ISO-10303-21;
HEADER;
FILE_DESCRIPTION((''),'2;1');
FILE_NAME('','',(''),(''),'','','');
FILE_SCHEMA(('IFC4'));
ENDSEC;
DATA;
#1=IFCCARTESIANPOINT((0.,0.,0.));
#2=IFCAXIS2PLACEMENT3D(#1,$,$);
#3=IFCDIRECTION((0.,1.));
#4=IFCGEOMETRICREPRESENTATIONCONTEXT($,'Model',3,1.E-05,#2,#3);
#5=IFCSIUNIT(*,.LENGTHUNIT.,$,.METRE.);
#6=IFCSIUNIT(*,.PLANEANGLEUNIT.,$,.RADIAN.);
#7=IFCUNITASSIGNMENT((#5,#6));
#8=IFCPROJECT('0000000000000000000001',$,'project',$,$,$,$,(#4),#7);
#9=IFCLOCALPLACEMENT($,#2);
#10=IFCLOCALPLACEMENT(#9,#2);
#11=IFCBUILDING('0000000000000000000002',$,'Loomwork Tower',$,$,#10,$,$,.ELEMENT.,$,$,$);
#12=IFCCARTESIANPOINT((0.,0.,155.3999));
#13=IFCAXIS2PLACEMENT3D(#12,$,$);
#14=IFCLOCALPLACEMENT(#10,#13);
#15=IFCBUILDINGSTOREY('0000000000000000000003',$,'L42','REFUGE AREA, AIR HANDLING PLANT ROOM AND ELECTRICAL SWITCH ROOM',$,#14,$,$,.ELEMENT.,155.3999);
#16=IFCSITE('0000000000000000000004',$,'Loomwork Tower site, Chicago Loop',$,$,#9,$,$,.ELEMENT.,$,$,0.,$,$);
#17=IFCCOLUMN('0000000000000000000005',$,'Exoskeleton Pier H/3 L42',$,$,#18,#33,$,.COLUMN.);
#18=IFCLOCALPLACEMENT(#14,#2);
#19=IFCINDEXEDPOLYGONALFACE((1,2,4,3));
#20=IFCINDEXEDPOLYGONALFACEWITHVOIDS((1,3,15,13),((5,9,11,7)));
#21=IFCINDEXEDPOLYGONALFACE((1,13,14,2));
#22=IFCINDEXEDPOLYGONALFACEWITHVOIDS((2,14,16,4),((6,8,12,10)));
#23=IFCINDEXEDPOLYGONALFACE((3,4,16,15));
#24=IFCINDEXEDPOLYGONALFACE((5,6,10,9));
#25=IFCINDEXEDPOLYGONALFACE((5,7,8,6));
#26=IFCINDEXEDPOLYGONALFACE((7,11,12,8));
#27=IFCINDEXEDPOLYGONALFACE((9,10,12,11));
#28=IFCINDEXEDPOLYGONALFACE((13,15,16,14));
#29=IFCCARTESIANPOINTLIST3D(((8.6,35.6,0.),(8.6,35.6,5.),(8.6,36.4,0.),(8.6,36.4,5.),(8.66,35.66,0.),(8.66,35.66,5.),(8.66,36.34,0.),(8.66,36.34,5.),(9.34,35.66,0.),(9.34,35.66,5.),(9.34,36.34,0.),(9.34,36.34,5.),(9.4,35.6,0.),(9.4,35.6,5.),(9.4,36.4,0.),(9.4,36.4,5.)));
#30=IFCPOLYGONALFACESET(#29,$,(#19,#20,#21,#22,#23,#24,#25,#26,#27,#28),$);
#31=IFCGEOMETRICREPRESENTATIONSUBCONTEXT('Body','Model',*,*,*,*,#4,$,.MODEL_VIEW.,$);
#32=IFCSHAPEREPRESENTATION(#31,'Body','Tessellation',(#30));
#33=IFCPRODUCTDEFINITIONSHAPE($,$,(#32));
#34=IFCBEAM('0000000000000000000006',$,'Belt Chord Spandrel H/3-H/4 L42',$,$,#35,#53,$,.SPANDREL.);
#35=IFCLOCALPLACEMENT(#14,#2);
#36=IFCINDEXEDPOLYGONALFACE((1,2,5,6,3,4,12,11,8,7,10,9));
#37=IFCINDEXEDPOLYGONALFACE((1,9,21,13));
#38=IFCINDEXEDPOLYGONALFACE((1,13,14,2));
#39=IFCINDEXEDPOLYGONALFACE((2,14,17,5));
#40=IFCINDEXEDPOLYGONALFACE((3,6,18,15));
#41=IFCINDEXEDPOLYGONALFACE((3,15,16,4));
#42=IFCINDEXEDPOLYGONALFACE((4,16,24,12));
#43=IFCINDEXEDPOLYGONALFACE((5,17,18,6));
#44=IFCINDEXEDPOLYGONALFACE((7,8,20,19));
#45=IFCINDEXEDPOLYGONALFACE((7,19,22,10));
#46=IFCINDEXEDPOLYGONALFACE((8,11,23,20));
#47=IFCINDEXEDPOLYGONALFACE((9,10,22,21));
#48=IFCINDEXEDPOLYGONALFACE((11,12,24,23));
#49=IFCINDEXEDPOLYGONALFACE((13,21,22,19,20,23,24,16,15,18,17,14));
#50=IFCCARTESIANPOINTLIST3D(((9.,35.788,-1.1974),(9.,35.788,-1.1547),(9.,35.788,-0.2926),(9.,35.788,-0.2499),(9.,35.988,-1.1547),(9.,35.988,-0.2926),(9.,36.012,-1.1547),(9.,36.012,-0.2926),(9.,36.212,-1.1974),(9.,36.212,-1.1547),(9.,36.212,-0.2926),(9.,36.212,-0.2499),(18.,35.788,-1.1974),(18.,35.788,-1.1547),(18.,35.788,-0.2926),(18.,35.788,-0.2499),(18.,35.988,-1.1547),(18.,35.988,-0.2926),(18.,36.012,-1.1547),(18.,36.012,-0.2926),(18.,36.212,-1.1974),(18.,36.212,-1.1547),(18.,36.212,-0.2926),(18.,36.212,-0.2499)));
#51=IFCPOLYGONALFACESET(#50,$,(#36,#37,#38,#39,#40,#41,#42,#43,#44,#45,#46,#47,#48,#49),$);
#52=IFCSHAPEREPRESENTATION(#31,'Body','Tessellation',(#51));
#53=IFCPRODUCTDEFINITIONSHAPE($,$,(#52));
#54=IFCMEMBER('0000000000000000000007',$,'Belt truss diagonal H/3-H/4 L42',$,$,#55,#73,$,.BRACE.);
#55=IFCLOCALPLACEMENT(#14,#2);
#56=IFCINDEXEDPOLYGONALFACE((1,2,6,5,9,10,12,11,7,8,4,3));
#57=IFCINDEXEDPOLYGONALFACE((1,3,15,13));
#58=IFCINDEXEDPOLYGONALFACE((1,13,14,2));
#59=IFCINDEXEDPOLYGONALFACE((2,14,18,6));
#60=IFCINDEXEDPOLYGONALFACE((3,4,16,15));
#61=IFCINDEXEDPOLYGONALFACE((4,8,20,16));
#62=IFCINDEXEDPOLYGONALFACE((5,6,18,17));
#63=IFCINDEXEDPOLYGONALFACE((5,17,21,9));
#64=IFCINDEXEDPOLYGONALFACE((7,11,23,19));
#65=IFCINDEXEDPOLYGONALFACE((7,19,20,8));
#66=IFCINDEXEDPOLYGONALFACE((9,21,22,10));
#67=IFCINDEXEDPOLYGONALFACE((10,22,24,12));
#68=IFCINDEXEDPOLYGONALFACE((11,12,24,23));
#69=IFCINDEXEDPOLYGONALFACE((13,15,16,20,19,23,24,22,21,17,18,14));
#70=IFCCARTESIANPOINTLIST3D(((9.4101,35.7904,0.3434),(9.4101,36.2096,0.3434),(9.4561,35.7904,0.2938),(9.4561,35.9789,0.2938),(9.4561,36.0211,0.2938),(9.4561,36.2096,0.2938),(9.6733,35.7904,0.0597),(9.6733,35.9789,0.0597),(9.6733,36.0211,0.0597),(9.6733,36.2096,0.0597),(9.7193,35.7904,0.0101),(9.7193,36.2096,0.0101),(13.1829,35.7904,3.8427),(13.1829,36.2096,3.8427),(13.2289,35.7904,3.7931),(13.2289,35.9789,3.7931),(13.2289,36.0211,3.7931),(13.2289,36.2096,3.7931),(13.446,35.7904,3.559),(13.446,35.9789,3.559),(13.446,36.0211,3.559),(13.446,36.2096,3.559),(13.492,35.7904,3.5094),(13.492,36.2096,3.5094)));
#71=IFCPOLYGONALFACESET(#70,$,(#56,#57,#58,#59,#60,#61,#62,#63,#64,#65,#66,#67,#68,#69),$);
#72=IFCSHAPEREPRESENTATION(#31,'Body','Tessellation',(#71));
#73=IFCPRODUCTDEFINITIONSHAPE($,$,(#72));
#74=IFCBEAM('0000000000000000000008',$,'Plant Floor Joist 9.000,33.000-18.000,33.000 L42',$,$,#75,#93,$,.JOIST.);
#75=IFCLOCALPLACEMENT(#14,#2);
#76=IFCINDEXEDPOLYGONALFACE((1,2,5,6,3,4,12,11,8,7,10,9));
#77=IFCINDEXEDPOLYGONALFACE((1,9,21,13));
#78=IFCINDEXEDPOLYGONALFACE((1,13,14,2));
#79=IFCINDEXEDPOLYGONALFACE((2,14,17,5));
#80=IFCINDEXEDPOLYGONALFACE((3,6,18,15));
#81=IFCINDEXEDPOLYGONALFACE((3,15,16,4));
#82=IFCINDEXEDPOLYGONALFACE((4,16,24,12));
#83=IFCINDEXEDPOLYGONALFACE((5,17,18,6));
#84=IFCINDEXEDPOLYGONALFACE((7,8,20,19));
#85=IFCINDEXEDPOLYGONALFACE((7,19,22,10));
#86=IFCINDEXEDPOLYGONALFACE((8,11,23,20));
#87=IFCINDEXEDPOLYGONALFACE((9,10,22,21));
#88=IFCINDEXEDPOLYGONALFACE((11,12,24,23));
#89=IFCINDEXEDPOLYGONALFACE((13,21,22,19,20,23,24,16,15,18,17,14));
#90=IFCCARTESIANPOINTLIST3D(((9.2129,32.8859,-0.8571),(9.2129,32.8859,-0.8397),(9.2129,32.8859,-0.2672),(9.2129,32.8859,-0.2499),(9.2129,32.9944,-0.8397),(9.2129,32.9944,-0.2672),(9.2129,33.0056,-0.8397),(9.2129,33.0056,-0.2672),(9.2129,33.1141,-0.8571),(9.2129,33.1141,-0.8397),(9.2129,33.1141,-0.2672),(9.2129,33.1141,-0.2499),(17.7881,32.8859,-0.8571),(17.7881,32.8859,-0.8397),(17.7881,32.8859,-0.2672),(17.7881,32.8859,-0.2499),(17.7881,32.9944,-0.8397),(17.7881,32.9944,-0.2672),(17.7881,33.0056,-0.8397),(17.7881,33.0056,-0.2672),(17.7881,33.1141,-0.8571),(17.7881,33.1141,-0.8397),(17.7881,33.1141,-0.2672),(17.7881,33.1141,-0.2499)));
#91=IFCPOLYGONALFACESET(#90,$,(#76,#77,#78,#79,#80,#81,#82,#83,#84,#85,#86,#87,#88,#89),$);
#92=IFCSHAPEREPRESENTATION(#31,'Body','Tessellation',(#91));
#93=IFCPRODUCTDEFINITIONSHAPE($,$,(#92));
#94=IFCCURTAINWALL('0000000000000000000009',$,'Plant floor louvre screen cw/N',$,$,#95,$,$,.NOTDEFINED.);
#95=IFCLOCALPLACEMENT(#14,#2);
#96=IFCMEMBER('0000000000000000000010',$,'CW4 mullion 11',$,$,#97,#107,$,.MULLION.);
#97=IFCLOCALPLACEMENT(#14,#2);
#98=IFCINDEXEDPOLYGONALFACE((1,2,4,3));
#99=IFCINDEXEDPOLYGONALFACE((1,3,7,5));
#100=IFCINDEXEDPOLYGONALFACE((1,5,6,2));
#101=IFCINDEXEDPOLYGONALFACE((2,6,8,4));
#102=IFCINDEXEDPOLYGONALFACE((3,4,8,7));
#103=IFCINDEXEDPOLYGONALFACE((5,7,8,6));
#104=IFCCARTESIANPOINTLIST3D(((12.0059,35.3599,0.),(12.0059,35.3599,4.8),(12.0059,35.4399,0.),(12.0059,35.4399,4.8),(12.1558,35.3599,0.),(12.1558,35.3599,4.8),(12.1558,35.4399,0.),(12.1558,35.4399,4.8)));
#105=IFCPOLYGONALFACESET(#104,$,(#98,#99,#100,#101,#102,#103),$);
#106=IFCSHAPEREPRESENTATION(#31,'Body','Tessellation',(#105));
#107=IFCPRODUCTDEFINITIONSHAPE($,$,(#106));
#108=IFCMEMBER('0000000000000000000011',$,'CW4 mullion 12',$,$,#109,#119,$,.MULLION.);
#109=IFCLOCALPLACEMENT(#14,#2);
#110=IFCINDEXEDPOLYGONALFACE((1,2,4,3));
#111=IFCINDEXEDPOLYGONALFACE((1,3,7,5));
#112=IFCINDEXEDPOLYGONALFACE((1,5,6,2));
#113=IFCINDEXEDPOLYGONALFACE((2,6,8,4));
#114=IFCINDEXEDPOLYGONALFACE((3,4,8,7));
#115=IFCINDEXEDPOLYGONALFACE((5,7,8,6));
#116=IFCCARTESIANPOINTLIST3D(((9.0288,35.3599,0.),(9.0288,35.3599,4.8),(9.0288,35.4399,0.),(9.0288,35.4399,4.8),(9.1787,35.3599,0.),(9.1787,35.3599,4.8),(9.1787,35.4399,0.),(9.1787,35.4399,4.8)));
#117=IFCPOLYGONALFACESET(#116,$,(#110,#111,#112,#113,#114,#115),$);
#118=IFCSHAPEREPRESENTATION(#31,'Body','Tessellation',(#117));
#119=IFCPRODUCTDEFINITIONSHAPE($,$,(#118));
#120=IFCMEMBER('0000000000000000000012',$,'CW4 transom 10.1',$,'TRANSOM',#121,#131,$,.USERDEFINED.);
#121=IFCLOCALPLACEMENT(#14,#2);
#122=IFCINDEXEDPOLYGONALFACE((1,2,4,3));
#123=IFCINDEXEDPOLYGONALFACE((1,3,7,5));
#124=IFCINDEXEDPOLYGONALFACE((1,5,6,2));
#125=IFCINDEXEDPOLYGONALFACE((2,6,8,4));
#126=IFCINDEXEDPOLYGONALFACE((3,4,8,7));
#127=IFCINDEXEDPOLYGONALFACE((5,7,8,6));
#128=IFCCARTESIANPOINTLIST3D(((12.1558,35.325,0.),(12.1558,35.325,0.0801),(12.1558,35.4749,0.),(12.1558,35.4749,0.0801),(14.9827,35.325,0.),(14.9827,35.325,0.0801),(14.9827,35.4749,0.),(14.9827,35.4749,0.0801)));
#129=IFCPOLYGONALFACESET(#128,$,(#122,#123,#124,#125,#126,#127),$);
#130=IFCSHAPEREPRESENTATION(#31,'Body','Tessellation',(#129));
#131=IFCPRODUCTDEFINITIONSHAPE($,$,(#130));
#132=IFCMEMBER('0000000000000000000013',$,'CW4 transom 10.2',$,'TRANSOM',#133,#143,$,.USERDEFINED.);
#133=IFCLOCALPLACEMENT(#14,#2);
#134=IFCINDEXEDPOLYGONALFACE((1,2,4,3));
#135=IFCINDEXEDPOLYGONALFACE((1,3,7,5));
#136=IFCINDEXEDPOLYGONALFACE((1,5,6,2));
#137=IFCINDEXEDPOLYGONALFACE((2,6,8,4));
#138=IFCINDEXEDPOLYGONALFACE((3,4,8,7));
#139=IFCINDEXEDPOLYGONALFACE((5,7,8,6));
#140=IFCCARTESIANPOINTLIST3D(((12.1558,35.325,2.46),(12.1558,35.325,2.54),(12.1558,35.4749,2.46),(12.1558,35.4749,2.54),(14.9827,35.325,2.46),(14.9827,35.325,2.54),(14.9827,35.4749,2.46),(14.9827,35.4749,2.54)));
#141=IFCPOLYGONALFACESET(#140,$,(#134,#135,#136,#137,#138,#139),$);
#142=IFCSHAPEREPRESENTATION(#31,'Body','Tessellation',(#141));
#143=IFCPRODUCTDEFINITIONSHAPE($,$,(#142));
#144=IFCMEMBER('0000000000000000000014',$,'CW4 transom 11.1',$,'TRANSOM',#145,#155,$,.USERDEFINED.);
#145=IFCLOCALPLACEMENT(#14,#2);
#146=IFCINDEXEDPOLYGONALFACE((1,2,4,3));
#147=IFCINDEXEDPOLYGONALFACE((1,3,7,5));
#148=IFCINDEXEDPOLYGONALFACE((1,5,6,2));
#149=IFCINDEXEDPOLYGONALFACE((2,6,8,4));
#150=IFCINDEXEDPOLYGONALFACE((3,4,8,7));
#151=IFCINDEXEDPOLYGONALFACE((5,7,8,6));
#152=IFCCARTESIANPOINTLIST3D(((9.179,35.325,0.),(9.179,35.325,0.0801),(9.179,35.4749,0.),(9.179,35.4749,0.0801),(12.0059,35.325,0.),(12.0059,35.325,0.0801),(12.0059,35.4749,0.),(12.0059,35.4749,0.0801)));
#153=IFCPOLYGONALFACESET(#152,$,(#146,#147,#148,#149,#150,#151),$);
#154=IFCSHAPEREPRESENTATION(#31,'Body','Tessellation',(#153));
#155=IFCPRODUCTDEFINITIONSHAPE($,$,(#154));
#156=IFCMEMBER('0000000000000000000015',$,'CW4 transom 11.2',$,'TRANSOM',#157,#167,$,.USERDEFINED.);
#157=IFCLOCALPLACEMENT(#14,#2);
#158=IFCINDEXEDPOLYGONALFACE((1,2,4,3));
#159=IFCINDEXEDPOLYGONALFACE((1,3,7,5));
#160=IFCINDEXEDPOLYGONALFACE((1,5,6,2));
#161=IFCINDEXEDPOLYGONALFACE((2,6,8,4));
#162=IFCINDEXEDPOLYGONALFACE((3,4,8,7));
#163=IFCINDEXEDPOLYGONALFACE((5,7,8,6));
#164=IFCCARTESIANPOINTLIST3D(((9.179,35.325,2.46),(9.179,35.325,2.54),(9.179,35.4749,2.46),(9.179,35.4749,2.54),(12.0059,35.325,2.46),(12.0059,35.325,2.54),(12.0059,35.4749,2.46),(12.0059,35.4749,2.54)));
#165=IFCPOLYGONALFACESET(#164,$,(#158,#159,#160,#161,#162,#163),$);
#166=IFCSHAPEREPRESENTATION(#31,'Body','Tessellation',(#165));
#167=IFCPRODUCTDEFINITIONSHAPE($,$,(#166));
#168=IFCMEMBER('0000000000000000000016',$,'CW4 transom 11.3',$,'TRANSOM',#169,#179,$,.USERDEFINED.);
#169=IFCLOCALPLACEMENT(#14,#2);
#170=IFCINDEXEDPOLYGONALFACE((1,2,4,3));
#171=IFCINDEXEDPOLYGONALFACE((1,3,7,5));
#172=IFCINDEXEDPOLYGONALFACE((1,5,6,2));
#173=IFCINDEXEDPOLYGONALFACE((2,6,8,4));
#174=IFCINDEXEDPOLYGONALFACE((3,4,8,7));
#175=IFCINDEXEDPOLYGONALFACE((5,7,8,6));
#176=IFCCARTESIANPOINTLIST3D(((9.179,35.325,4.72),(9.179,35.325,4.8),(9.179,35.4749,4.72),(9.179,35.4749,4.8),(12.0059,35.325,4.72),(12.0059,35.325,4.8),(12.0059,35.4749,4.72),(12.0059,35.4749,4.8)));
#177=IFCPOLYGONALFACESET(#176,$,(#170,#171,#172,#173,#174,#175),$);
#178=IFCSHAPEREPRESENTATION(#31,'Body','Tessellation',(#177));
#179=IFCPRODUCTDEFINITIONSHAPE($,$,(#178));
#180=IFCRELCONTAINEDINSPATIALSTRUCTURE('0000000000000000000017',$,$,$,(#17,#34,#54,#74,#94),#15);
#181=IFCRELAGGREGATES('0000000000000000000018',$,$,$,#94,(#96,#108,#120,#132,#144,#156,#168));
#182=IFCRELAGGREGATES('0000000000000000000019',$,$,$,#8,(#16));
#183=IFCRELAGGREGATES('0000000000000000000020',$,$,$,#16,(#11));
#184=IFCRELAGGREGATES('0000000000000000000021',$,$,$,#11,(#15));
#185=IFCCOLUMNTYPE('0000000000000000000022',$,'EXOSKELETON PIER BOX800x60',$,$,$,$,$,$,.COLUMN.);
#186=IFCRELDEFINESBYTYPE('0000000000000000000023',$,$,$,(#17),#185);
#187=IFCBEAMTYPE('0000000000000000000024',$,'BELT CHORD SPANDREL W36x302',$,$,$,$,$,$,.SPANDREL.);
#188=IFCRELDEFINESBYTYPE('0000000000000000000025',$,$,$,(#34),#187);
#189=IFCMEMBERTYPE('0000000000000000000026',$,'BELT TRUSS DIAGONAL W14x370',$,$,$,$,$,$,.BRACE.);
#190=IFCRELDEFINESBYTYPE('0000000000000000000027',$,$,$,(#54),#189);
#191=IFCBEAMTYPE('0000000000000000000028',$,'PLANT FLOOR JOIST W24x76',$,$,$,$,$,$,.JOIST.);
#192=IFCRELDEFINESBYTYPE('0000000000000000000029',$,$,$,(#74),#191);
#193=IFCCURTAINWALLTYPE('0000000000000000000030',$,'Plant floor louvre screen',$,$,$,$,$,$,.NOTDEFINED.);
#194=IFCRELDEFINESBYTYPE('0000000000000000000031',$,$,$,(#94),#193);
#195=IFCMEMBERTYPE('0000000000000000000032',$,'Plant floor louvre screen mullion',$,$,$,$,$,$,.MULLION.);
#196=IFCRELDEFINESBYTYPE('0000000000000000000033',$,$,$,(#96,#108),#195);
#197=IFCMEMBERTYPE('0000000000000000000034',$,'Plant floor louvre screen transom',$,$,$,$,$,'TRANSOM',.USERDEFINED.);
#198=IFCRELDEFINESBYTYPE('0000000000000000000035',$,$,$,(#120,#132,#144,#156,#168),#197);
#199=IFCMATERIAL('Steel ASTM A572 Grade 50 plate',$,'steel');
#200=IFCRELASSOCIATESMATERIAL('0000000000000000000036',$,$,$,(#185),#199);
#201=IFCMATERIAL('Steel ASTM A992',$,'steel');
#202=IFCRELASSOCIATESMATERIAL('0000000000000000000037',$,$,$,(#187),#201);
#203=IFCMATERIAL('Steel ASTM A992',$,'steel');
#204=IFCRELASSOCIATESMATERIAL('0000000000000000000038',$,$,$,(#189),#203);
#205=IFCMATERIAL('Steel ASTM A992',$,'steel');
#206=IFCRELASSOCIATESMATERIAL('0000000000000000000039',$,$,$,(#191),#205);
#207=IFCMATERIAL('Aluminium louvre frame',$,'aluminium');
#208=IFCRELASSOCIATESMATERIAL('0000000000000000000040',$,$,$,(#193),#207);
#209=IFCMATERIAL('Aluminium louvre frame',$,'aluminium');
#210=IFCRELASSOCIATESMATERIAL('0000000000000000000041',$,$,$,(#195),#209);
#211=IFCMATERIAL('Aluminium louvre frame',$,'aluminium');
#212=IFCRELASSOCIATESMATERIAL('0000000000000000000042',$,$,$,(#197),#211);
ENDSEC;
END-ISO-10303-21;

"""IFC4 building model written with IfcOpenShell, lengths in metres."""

from ifc_helpers import new_model, si_unit, direction, frame, origin, origin_2d, place, context, subcontext, project, spatial, rectangle, hollow_rectangle, i_section, extrude, material, material_profile, profile_set, type_object, element, aggregate, save


model = new_model("IFC4")

# Units and contexts
model_context = context("Model", 3, precision=1e-05, world=origin(), true_north=direction((0.0, 1.0)))
body_context = subcontext(model_context, "Body", "Model", "MODEL_VIEW")
ifc_project = project(units=[si_unit("LENGTHUNIT", "METRE"), si_unit("PLANEANGLEUNIT", "RADIAN")], contexts=[model_context])

# Site, building, storey
site_placement = place(None, origin())
site = spatial("IfcSite", under=ifc_project, at=site_placement, Name="Loomwork Tower site, Chicago Loop", CompositionType="ELEMENT", RefElevation=0.0)
building_placement = place(site_placement, origin())
building = spatial("IfcBuilding", under=site, at=building_placement, Name="Loomwork Tower", CompositionType="ELEMENT")
storey_placement = place(building_placement, frame((0.0, 0.0, 155.3999)))
storey = spatial("IfcBuildingStorey", under=building, at=storey_placement, Name="L42", Description="REFUGE AREA, AIR HANDLING PLANT ROOM AND ELECTRICAL SWITCH ROOM", CompositionType="ELEMENT", Elevation=155.3999)

# Column
ifc_material_1 = material(Name="Steel ASTM A572 Grade 50 plate", Category="steel")
ifc_material_profile_1 = material_profile(ifc_material_1, hollow_rectangle(XDim=0.8, YDim=0.8, WallThickness=0.0601, at=origin_2d()), Name="BOX800x60")
ifc_profile_set_1 = profile_set([ifc_material_profile_1], Name="Steel ASTM A572 Grade 50 plate")
column_type = type_object("IfcColumnType", Name="EXOSKELETON PIER BOX800x60", PredefinedType="COLUMN", material=ifc_profile_set_1)
column_placement = place(storey_placement, frame((9.0, 36.0, 0.0), z_axis=(0.0, 0.0, 1.0), x_axis=(1.0, 0.0, 0.0)))
element("IfcColumn", 1, at=column_placement, inside=storey, type_object=column_type, Name="Exoskeleton Pier H/3 L42", PredefinedType="COLUMN", context=body_context, shape_type="SweptSolid", body=[
    extrude(hollow_rectangle(XDim=0.8, YDim=0.8, WallThickness=0.0601, at=origin_2d()), origin(), (0.0, 0.0, 1.0), 5.0),
])

# Beam
ifc_material_2 = material(Name="Steel ASTM A992", Category="steel")
ifc_material_profile_2 = material_profile(ifc_material_2, i_section(OverallWidth=0.4241, OverallDepth=0.9475, WebThickness=0.0239, FlangeThickness=0.0427, at=origin_2d()), Name="W36x302")
ifc_profile_set_2 = profile_set([ifc_material_profile_2], Name="Steel ASTM A992")
beam_type_1 = type_object("IfcBeamType", Name="BELT CHORD SPANDREL W36x302", PredefinedType="SPANDREL", material=ifc_profile_set_2)
beam_1_placement = place(storey_placement, frame((9.0, 36.0, -0.7236), z_axis=(1.0, 0.0, 0.0), x_axis=(0.0, 1.0, 0.0)))
element("IfcBeam", 2, at=beam_1_placement, inside=storey, type_object=beam_type_1, Name="Belt Chord Spandrel H/3-H/4 L42", PredefinedType="SPANDREL", context=body_context, shape_type="SweptSolid", body=[
    extrude(i_section(OverallWidth=0.4241, OverallDepth=0.9475, WebThickness=0.0239, FlangeThickness=0.0427, at=origin_2d()), origin(), (0.0, 0.0, 1.0), 9.0),
])

# Member
ifc_material_3 = material(Name="Steel ASTM A992", Category="steel")
ifc_material_profile_3 = material_profile(ifc_material_3, i_section(OverallWidth=0.4192, OverallDepth=0.4546, WebThickness=0.0422, FlangeThickness=0.0676, at=origin_2d()), Name="W14x370")
ifc_profile_set_3 = profile_set([ifc_material_profile_3], Name="Steel ASTM A992")
member_type_1 = type_object("IfcMemberType", Name="BELT TRUSS DIAGONAL W14x370", PredefinedType="BRACE", material=ifc_profile_set_3)
member_1_placement = place(storey_placement, frame((9.5647, 36.0, 0.1768), z_axis=(0.733177, 0.0, 0.680038), x_axis=(0.0, 1.0, 0.0)))
element("IfcMember", 3, at=member_1_placement, inside=storey, type_object=member_type_1, Name="Belt truss diagonal H/3-H/4 L42", PredefinedType="BRACE", context=body_context, shape_type="SweptSolid", body=[
    extrude(i_section(OverallWidth=0.4192, OverallDepth=0.4546, WebThickness=0.0422, FlangeThickness=0.0676, at=origin_2d()), origin(), (0.0, 0.0, 1.0), 5.1458),
])

# Beam
ifc_material_4 = material(Name="Steel ASTM A992", Category="steel")
ifc_material_profile_4 = material_profile(ifc_material_4, i_section(OverallWidth=0.2283, OverallDepth=0.6072, WebThickness=0.0112, FlangeThickness=0.0173, at=origin_2d()), Name="W24x76")
ifc_profile_set_4 = profile_set([ifc_material_profile_4], Name="Steel ASTM A992")
beam_type_2 = type_object("IfcBeamType", Name="PLANT FLOOR JOIST W24x76", PredefinedType="JOIST", material=ifc_profile_set_4)
beam_2_placement = place(storey_placement, frame((9.2129, 33.0, -0.5535), z_axis=(1.0, 0.0, 0.0), x_axis=(0.0, 1.0, 0.0)))
element("IfcBeam", 4, at=beam_2_placement, inside=storey, type_object=beam_type_2, Name="Plant Floor Joist 9.000,33.000-18.000,33.000 L42", PredefinedType="JOIST", context=body_context, shape_type="SweptSolid", body=[
    extrude(i_section(OverallWidth=0.2283, OverallDepth=0.6072, WebThickness=0.0112, FlangeThickness=0.0173, at=origin_2d()), origin(), (0.0, 0.0, 1.0), 8.5752),
])

# Curtain wall, members
ifc_material_5 = material(Name="Aluminium louvre frame", Category="aluminium")
curtain_wall_type = type_object("IfcCurtainWallType", Name="Plant floor louvre screen", PredefinedType="NOTDEFINED", material=ifc_material_5)
curtain_wall_placement = place(storey_placement, origin())
curtain_wall = element("IfcCurtainWall", 5, at=curtain_wall_placement, inside=storey, type_object=curtain_wall_type, Name="Plant floor louvre screen cw/N", PredefinedType="NOTDEFINED")
ifc_material_6 = material(Name="Aluminium louvre frame", Category="aluminium")
ifc_material_profile_5 = material_profile(ifc_material_6, rectangle(XDim=0.0801, YDim=0.1499, at=origin_2d()), Name="AL 80x150")
ifc_profile_set_5 = profile_set([ifc_material_profile_5], Name="Aluminium louvre frame")
member_type_2 = type_object("IfcMemberType", Name="Plant floor louvre screen mullion", PredefinedType="MULLION", material=ifc_profile_set_5)
member_2_placement = place(storey_placement, frame((12.0808, 35.3999, 0.0), z_axis=(0.0, 0.0, 1.0), x_axis=(0.0, -1.0, 0.0)))
member_2 = element("IfcMember", 6, at=member_2_placement, type_object=member_type_2, Name="CW4 mullion 11", PredefinedType="MULLION", context=body_context, shape_type="SweptSolid", body=[
    extrude(rectangle(XDim=0.0801, YDim=0.1499, at=origin_2d()), origin(), (0.0, 0.0, 1.0), 4.8),
])
member_3_placement = place(storey_placement, frame((9.1038, 35.3999, 0.0), z_axis=(0.0, 0.0, 1.0), x_axis=(0.0, -1.0, 0.0)))
member_3 = element("IfcMember", 7, at=member_3_placement, type_object=member_type_2, Name="CW4 mullion 12", PredefinedType="MULLION", context=body_context, shape_type="SweptSolid", body=[
    extrude(rectangle(XDim=0.0801, YDim=0.1499, at=origin_2d()), origin(), (0.0, 0.0, 1.0), 4.8),
])
ifc_material_7 = material(Name="Aluminium louvre frame", Category="aluminium")
ifc_material_profile_6 = material_profile(ifc_material_7, rectangle(XDim=0.1499, YDim=0.0801, at=origin_2d()), Name="AL 80x150")
ifc_profile_set_6 = profile_set([ifc_material_profile_6], Name="Aluminium louvre frame")
member_type_3 = type_object("IfcMemberType", Name="Plant floor louvre screen transom", ElementType="TRANSOM", PredefinedType="USERDEFINED", material=ifc_profile_set_6)
member_4_placement = place(storey_placement, frame((14.9827, 35.3999, 0.04), z_axis=(-1.0, 0.0, 0.0), x_axis=(0.0, -1.0, 0.0)))
member_4 = element("IfcMember", 8, at=member_4_placement, type_object=member_type_3, Name="CW4 transom 10.1", ObjectType="TRANSOM", PredefinedType="USERDEFINED", context=body_context, shape_type="SweptSolid", body=[
    extrude(rectangle(XDim=0.1499, YDim=0.0801, at=origin_2d()), origin(), (0.0, 0.0, 1.0), 2.8269),
])
member_5_placement = place(storey_placement, frame((14.9827, 35.3999, 2.5), z_axis=(-1.0, 0.0, 0.0), x_axis=(0.0, -1.0, 0.0)))
member_5 = element("IfcMember", 9, at=member_5_placement, type_object=member_type_3, Name="CW4 transom 10.2", ObjectType="TRANSOM", PredefinedType="USERDEFINED", context=body_context, shape_type="SweptSolid", body=[
    extrude(rectangle(XDim=0.1499, YDim=0.0801, at=origin_2d()), origin(), (0.0, 0.0, 1.0), 2.8269),
])
member_6_placement = place(storey_placement, frame((12.0059, 35.3999, 0.04), z_axis=(-1.0, 0.0, 0.0), x_axis=(0.0, -1.0, 0.0)))
member_6 = element("IfcMember", 10, at=member_6_placement, type_object=member_type_3, Name="CW4 transom 11.1", ObjectType="TRANSOM", PredefinedType="USERDEFINED", context=body_context, shape_type="SweptSolid", body=[
    extrude(rectangle(XDim=0.1499, YDim=0.0801, at=origin_2d()), origin(), (0.0, 0.0, 1.0), 2.8269),
])
member_7_placement = place(storey_placement, frame((12.0059, 35.3999, 2.5), z_axis=(-1.0, 0.0, 0.0), x_axis=(0.0, -1.0, 0.0)))
member_7 = element("IfcMember", 11, at=member_7_placement, type_object=member_type_3, Name="CW4 transom 11.2", ObjectType="TRANSOM", PredefinedType="USERDEFINED", context=body_context, shape_type="SweptSolid", body=[
    extrude(rectangle(XDim=0.1499, YDim=0.0801, at=origin_2d()), origin(), (0.0, 0.0, 1.0), 2.8269),
])
member_8_placement = place(storey_placement, frame((12.0059, 35.3999, 4.76), z_axis=(-1.0, 0.0, 0.0), x_axis=(0.0, -1.0, 0.0)))
member_8 = element("IfcMember", 12, at=member_8_placement, type_object=member_type_3, Name="CW4 transom 11.3", ObjectType="TRANSOM", PredefinedType="USERDEFINED", context=body_context, shape_type="SweptSolid", body=[
    extrude(rectangle(XDim=0.1499, YDim=0.0801, at=origin_2d()), origin(), (0.0, 0.0, 1.0), 2.8269),
])
aggregate(curtain_wall, [member_2, member_3, member_4, member_5, member_6, member_7, member_8])

save(model, "model.ifc")
